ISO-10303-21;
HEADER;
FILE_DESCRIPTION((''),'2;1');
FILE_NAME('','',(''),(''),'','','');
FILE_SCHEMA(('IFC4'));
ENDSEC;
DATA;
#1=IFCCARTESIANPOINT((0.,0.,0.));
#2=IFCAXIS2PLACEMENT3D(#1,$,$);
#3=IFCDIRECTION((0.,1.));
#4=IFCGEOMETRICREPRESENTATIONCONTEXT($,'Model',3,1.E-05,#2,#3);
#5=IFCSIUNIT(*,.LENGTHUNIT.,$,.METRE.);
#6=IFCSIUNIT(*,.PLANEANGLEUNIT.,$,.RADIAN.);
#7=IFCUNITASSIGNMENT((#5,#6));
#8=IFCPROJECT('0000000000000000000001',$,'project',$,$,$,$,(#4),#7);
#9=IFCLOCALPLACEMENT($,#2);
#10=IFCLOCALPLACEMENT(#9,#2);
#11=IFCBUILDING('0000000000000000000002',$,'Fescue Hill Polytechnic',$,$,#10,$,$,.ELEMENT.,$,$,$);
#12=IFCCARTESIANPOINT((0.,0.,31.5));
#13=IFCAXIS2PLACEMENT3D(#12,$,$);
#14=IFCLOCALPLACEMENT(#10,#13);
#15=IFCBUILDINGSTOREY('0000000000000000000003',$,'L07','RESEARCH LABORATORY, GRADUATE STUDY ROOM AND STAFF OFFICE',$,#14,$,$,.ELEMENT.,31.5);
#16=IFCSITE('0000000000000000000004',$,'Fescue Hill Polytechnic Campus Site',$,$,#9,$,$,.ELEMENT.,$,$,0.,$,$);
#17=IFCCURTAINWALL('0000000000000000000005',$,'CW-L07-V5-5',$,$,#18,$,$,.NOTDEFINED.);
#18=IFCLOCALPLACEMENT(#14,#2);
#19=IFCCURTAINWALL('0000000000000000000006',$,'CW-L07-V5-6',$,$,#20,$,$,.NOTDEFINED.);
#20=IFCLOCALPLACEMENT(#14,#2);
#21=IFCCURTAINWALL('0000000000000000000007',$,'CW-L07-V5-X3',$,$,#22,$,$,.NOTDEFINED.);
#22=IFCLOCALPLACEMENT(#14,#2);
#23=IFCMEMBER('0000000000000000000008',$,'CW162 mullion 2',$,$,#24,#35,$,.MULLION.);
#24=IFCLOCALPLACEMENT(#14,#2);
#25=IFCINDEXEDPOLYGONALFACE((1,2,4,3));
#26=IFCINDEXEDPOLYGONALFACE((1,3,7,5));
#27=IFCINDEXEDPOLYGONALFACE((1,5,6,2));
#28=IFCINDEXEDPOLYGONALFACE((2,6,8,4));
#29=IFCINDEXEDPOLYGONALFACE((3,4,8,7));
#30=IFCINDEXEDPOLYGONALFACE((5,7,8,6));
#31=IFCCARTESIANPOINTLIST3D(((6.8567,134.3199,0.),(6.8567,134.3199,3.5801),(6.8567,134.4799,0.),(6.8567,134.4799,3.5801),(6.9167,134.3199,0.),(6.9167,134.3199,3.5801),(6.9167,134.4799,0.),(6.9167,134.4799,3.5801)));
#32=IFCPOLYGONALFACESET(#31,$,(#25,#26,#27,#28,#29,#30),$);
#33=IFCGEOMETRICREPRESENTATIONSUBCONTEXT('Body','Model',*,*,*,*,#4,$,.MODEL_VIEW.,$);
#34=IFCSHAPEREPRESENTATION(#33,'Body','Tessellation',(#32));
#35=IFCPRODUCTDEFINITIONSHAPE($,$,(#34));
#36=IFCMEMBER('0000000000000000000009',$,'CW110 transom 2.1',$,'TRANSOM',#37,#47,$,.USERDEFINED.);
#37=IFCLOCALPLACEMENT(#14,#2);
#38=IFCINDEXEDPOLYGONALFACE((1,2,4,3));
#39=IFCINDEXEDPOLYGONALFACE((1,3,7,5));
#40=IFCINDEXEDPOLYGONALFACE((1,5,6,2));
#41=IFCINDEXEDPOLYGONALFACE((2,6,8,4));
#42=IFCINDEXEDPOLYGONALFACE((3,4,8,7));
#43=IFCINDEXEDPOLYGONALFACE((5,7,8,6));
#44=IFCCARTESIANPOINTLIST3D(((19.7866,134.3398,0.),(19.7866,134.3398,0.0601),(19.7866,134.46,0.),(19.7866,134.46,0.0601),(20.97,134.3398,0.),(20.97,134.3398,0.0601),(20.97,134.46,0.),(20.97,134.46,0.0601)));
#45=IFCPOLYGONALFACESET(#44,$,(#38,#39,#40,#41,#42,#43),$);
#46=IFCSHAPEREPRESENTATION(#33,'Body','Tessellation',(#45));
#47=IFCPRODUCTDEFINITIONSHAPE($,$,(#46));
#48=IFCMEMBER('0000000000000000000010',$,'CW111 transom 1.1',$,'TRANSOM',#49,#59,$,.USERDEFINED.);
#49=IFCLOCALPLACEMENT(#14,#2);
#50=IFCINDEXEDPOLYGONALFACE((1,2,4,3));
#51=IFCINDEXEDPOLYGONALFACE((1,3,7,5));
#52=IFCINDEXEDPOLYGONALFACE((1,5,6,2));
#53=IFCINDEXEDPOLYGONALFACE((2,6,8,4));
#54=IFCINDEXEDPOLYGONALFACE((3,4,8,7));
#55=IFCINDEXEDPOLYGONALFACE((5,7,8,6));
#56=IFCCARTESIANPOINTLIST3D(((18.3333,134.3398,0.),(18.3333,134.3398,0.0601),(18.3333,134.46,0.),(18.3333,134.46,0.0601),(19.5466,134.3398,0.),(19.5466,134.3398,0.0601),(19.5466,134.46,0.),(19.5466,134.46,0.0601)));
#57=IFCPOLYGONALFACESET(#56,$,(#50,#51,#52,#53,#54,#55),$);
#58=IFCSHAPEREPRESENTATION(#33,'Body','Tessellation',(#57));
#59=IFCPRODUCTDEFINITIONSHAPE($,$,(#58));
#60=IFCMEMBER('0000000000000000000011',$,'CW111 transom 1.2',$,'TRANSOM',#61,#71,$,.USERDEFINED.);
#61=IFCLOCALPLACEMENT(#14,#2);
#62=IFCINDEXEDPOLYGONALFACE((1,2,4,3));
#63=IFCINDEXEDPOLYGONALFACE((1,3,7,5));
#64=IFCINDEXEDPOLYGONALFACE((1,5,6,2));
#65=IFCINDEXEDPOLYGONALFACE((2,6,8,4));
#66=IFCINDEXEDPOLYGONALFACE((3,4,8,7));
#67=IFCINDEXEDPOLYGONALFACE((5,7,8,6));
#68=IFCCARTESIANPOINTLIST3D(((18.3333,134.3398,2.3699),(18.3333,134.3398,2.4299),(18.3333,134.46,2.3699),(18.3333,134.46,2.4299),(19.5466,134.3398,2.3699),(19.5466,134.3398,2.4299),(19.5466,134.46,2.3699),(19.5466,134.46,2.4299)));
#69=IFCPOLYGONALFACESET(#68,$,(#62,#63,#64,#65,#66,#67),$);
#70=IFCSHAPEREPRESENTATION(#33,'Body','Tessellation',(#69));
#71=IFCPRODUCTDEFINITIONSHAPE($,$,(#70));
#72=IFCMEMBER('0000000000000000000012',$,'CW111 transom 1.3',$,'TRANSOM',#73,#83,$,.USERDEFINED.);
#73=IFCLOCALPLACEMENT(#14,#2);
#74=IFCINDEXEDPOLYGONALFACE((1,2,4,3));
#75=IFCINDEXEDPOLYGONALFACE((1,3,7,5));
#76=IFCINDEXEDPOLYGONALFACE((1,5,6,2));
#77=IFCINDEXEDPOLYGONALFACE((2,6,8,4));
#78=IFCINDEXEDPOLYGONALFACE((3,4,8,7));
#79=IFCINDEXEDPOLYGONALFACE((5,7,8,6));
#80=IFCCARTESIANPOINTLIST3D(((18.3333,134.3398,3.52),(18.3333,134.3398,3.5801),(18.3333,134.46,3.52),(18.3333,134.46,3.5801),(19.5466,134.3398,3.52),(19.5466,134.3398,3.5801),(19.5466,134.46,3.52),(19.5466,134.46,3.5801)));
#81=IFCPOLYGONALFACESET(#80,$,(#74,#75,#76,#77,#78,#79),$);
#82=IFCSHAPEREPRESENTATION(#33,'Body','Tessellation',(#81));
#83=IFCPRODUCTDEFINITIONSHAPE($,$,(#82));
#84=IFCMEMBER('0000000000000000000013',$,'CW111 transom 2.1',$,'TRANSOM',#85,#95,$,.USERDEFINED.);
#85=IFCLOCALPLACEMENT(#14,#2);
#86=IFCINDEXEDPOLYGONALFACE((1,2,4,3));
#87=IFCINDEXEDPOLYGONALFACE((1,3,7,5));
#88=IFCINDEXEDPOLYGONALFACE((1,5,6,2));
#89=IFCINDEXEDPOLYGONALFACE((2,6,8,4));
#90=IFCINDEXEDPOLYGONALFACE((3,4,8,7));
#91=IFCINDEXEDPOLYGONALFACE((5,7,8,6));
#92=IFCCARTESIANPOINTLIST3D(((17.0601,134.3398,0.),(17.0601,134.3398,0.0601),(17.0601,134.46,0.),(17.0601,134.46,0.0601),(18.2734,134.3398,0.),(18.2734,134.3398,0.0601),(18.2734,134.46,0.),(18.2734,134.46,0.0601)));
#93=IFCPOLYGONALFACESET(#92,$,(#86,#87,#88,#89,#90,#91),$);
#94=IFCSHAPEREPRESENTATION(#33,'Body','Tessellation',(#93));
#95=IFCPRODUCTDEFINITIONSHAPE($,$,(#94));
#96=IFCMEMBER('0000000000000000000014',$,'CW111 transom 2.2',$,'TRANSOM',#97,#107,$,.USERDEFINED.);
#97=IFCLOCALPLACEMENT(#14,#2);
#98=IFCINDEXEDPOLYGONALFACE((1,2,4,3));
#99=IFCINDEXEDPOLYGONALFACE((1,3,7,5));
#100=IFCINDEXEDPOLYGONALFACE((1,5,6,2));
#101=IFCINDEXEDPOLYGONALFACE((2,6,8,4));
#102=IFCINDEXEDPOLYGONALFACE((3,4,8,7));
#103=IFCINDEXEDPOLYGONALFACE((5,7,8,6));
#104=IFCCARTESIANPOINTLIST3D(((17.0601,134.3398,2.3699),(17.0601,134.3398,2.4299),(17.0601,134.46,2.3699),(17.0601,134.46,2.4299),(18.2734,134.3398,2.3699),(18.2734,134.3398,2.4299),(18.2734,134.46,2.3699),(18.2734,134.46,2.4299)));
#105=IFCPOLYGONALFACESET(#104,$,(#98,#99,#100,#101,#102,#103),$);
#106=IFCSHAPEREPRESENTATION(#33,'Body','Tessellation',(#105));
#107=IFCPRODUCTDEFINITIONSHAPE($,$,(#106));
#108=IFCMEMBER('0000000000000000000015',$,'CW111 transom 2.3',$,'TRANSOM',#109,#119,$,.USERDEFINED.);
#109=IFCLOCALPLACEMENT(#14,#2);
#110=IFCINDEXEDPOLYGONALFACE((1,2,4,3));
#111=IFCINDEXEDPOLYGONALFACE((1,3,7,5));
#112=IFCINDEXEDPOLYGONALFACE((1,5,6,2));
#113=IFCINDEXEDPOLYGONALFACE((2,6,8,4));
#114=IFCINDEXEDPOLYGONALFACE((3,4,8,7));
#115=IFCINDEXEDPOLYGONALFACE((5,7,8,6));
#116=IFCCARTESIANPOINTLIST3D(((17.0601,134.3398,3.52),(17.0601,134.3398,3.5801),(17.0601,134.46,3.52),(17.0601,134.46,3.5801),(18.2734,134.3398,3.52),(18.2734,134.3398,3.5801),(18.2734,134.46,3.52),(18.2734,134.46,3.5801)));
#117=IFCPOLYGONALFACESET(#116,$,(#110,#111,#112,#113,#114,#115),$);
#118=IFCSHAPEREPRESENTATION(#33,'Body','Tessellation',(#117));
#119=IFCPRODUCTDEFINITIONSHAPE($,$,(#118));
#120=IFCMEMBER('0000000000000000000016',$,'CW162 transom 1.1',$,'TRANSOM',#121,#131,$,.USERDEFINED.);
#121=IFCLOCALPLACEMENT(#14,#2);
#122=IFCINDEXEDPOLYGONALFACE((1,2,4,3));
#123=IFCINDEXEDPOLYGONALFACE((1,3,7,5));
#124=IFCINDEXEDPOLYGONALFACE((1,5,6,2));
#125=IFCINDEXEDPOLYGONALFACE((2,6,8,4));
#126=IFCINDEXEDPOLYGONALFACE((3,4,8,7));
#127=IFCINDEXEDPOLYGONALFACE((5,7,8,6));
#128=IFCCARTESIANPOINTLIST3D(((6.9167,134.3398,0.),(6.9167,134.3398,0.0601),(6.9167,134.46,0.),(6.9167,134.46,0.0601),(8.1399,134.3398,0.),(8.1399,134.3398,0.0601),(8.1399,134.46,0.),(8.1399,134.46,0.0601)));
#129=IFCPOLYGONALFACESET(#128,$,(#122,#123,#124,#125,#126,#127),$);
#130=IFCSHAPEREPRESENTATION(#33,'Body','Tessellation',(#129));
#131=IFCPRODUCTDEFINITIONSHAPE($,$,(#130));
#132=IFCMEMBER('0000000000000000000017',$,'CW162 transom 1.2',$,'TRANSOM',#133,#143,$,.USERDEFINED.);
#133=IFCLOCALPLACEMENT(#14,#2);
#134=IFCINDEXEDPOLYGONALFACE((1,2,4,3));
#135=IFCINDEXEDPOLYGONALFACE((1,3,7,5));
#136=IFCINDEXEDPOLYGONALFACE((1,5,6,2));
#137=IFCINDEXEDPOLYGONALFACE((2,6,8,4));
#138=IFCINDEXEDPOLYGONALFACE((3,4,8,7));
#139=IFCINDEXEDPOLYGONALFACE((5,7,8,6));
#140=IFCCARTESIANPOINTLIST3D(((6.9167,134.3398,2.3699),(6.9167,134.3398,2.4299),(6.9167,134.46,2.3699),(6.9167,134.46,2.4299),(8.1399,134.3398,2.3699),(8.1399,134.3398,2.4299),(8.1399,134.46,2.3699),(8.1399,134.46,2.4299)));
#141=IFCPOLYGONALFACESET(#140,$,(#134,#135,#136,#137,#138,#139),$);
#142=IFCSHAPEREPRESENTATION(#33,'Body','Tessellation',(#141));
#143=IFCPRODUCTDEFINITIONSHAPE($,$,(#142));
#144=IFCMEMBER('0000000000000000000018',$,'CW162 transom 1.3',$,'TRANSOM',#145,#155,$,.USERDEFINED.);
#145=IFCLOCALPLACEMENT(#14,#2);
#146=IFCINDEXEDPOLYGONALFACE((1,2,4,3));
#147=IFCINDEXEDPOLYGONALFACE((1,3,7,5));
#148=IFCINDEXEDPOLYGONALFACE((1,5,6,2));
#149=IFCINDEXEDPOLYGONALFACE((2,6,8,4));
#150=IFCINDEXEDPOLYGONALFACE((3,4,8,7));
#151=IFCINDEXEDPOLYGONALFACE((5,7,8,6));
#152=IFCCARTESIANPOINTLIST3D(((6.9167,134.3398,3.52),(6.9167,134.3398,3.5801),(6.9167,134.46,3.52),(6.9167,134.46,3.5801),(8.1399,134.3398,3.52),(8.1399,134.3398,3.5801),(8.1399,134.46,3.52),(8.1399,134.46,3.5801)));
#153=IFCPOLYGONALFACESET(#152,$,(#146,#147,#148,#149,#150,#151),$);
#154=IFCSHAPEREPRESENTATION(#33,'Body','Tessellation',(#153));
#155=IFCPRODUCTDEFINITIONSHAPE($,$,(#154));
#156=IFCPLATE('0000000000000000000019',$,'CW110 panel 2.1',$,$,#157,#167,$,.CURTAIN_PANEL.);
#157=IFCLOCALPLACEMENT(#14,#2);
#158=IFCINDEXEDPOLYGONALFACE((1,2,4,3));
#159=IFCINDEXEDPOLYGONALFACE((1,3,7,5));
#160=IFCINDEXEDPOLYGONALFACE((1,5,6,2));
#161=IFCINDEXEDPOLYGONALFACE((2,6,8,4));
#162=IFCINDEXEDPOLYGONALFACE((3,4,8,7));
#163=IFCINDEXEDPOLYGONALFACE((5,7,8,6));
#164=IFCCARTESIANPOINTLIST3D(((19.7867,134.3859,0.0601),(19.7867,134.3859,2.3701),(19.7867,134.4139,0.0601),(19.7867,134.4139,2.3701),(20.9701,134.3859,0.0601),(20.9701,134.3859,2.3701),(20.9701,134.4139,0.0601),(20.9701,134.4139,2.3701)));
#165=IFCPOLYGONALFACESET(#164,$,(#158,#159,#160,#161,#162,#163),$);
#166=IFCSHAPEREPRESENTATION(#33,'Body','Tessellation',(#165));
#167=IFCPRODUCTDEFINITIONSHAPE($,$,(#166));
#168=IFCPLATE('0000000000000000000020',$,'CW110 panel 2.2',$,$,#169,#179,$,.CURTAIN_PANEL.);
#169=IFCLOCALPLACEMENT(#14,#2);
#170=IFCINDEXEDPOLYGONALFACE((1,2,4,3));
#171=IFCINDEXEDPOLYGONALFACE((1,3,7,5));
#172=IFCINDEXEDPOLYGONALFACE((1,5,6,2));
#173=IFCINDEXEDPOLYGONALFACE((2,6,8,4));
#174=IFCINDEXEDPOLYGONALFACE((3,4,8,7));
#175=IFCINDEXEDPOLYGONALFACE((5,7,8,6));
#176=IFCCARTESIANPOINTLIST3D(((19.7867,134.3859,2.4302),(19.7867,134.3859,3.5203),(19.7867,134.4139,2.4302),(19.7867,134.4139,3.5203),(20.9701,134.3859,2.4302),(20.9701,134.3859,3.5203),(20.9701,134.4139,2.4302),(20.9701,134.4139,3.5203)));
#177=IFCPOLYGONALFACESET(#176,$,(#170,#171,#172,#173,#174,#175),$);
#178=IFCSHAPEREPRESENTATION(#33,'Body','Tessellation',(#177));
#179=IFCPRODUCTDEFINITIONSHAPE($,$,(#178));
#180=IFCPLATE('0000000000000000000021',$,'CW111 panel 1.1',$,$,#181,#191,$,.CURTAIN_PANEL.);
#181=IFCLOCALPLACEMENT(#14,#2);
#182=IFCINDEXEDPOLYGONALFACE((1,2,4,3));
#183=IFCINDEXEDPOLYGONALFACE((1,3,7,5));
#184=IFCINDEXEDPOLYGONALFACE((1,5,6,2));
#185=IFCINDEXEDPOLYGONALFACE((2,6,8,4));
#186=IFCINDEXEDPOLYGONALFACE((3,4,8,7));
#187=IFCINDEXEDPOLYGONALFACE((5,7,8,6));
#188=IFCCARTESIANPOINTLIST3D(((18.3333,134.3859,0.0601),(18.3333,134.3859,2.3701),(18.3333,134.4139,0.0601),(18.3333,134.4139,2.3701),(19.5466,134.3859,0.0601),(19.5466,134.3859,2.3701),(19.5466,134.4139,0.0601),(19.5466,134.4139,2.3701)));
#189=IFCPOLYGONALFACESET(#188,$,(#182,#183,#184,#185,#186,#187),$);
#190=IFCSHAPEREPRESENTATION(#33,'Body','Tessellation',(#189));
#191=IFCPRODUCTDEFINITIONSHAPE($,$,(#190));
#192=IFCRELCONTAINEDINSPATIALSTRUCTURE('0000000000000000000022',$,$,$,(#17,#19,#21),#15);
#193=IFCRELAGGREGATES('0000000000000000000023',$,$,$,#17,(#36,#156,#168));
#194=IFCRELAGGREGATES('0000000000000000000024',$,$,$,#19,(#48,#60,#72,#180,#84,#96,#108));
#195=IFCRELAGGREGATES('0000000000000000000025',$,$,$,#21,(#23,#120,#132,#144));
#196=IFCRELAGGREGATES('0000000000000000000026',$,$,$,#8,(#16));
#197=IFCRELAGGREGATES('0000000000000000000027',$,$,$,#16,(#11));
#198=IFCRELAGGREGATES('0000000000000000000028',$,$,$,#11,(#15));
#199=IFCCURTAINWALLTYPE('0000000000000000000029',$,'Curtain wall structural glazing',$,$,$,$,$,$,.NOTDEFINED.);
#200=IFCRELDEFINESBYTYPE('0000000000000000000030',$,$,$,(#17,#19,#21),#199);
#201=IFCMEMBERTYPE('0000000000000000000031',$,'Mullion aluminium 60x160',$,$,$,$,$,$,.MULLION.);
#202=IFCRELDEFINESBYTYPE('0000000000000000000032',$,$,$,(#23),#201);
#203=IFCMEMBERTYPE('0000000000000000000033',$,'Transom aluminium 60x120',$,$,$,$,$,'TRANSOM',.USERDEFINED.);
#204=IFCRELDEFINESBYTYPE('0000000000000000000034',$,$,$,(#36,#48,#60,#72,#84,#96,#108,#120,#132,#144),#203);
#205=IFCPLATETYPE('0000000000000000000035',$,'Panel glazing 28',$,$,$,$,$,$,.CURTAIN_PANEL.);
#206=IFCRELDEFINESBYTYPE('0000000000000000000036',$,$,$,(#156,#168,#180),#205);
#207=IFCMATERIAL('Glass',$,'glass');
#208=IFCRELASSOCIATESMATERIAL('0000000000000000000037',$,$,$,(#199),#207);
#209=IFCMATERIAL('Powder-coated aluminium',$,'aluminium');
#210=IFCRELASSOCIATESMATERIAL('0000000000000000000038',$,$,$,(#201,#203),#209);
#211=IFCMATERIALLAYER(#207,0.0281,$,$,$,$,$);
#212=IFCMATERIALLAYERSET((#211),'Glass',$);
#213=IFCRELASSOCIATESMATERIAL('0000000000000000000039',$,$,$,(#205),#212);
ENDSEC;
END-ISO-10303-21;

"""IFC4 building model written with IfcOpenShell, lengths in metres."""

from ifc_helpers import new_model, si_unit, direction, frame, origin, origin_2d, place, context, subcontext, project, spatial, rectangle, extrude, material, layer, layer_set, material_profile, profile_set, type_object, element, aggregate, save


model = new_model("IFC4")

# Units and contexts
model_context = context("Model", 3, precision=1e-05, world=origin(), true_north=direction((0.0, 1.0)))
body_context = subcontext(model_context, "Body", "Model", "MODEL_VIEW")
ifc_project = project(units=[si_unit("LENGTHUNIT", "METRE"), si_unit("PLANEANGLEUNIT", "RADIAN")], contexts=[model_context])

# Site, building, storey
site_placement = place(None, origin())
site = spatial("IfcSite", under=ifc_project, at=site_placement, Name="Fescue Hill Polytechnic Campus Site", CompositionType="ELEMENT", RefElevation=0.0)
building_placement = place(site_placement, origin())
building = spatial("IfcBuilding", under=site, at=building_placement, Name="Fescue Hill Polytechnic", CompositionType="ELEMENT")
storey_placement = place(building_placement, frame((0.0, 0.0, 31.5)))
storey = spatial("IfcBuildingStorey", under=building, at=storey_placement, Name="L07", Description="RESEARCH LABORATORY, GRADUATE STUDY ROOM AND STAFF OFFICE", CompositionType="ELEMENT", Elevation=31.5)

# Curtain wall
ifc_material_1 = material(Name="Glass", Category="glass")
curtain_wall_type = type_object("IfcCurtainWallType", Name="Curtain wall structural glazing", PredefinedType="NOTDEFINED", material=ifc_material_1)
curtain_wall_1_placement = place(storey_placement, origin())
curtain_wall_1 = element("IfcCurtainWall", 1, at=curtain_wall_1_placement, inside=storey, type_object=curtain_wall_type, Name="CW-L07-V5-5", PredefinedType="NOTDEFINED")
ifc_material_2 = material(Name="Powder-coated aluminium", Category="aluminium")
ifc_material_profile_1 = material_profile(ifc_material_2, rectangle(XDim=0.1599, YDim=0.0601, at=origin_2d()), Name="Mullion aluminium 60x160")
ifc_profile_set_1 = profile_set([ifc_material_profile_1], Name="Powder-coated aluminium")
member_type_1 = type_object("IfcMemberType", Name="Mullion aluminium 60x160", PredefinedType="MULLION", material=ifc_profile_set_1)

# Curtain walls, member
curtain_wall_2_placement = place(storey_placement, origin())
curtain_wall_2 = element("IfcCurtainWall", 2, at=curtain_wall_2_placement, inside=storey, type_object=curtain_wall_type, Name="CW-L07-V5-6", PredefinedType="NOTDEFINED")
curtain_wall_3_placement = place(storey_placement, origin())
curtain_wall_3 = element("IfcCurtainWall", 3, at=curtain_wall_3_placement, inside=storey, type_object=curtain_wall_type, Name="CW-L07-V5-X3", PredefinedType="NOTDEFINED")
member_1_placement = place(storey_placement, frame((6.8867, 134.3999, 0.0), z_axis=(0.0, 0.0, 1.0), x_axis=(0.0, -1.0, 0.0)))
member_1 = element("IfcMember", 4, at=member_1_placement, type_object=member_type_1, Name="CW162 mullion 2", PredefinedType="MULLION", context=body_context, shape_type="SweptSolid", body=[
    extrude(rectangle(XDim=0.1599, YDim=0.0601, at=origin_2d()), origin(), (0.0, 0.0, 1.0), 3.5801),
])

# Members
ifc_material_profile_2 = material_profile(ifc_material_2, rectangle(XDim=0.1201, YDim=0.0601, at=origin_2d()), Name="Transom aluminium 60x120")
ifc_profile_set_2 = profile_set([ifc_material_profile_2], Name="Powder-coated aluminium")
member_type_2 = type_object("IfcMemberType", Name="Transom aluminium 60x120", ElementType="TRANSOM", PredefinedType="USERDEFINED", material=ifc_profile_set_2)
member_2_placement = place(storey_placement, frame((20.97, 134.3999, 0.03), z_axis=(-1.0, 0.0, 0.0), x_axis=(0.0, -1.0, 0.0)))
member_2 = element("IfcMember", 5, at=member_2_placement, type_object=member_type_2, Name="CW110 transom 2.1", ObjectType="TRANSOM", PredefinedType="USERDEFINED", context=body_context, shape_type="SweptSolid", body=[
    extrude(rectangle(XDim=0.1201, YDim=0.0601, at=origin_2d()), origin(), (0.0, 0.0, 1.0), 1.1833),
])
member_3_placement = place(storey_placement, frame((19.5466, 134.3999, 0.03), z_axis=(-1.0, 0.0, 0.0), x_axis=(0.0, -1.0, 0.0)))
member_3 = element("IfcMember", 6, at=member_3_placement, type_object=member_type_2, Name="CW111 transom 1.1", ObjectType="TRANSOM", PredefinedType="USERDEFINED", context=body_context, shape_type="SweptSolid", body=[
    extrude(rectangle(XDim=0.1201, YDim=0.0601, at=origin_2d()), origin(), (0.0, 0.0, 1.0), 1.2134),
])
member_4_placement = place(storey_placement, frame((19.5466, 134.3999, 2.3999), z_axis=(-1.0, 0.0, 0.0), x_axis=(0.0, -1.0, 0.0)))
member_4 = element("IfcMember", 7, at=member_4_placement, type_object=member_type_2, Name="CW111 transom 1.2", ObjectType="TRANSOM", PredefinedType="USERDEFINED", context=body_context, shape_type="SweptSolid", body=[
    extrude(rectangle(XDim=0.1201, YDim=0.0601, at=origin_2d()), origin(), (0.0, 0.0, 1.0), 1.2134),
])
member_5_placement = place(storey_placement, frame((19.5466, 134.3999, 3.55), z_axis=(-1.0, 0.0, 0.0), x_axis=(0.0, -1.0, 0.0)))
member_5 = element("IfcMember", 8, at=member_5_placement, type_object=member_type_2, Name="CW111 transom 1.3", ObjectType="TRANSOM", PredefinedType="USERDEFINED", context=body_context, shape_type="SweptSolid", body=[
    extrude(rectangle(XDim=0.1201, YDim=0.0601, at=origin_2d()), origin(), (0.0, 0.0, 1.0), 1.2134),
])
member_6_placement = place(storey_placement, frame((18.2734, 134.3999, 0.03), z_axis=(-1.0, 0.0, 0.0), x_axis=(0.0, -1.0, 0.0)))
member_6 = element("IfcMember", 9, at=member_6_placement, type_object=member_type_2, Name="CW111 transom 2.1", ObjectType="TRANSOM", PredefinedType="USERDEFINED", context=body_context, shape_type="SweptSolid", body=[
    extrude(rectangle(XDim=0.1201, YDim=0.0601, at=origin_2d()), origin(), (0.0, 0.0, 1.0), 1.2134),
])
member_7_placement = place(storey_placement, frame((18.2734, 134.3999, 2.3999), z_axis=(-1.0, 0.0, 0.0), x_axis=(0.0, -1.0, 0.0)))
member_7 = element("IfcMember", 10, at=member_7_placement, type_object=member_type_2, Name="CW111 transom 2.2", ObjectType="TRANSOM", PredefinedType="USERDEFINED", context=body_context, shape_type="SweptSolid", body=[
    extrude(rectangle(XDim=0.1201, YDim=0.0601, at=origin_2d()), origin(), (0.0, 0.0, 1.0), 1.2134),
])
member_8_placement = place(storey_placement, frame((18.2734, 134.3999, 3.55), z_axis=(-1.0, 0.0, 0.0), x_axis=(0.0, -1.0, 0.0)))
member_8 = element("IfcMember", 11, at=member_8_placement, type_object=member_type_2, Name="CW111 transom 2.3", ObjectType="TRANSOM", PredefinedType="USERDEFINED", context=body_context, shape_type="SweptSolid", body=[
    extrude(rectangle(XDim=0.1201, YDim=0.0601, at=origin_2d()), origin(), (0.0, 0.0, 1.0), 1.2134),
])
member_9_placement = place(storey_placement, frame((8.1399, 134.3999, 0.03), z_axis=(-1.0, 0.0, 0.0), x_axis=(0.0, -1.0, 0.0)))
member_9 = element("IfcMember", 12, at=member_9_placement, type_object=member_type_2, Name="CW162 transom 1.1", ObjectType="TRANSOM", PredefinedType="USERDEFINED", context=body_context, shape_type="SweptSolid", body=[
    extrude(rectangle(XDim=0.1201, YDim=0.0601, at=origin_2d()), origin(), (0.0, 0.0, 1.0), 1.2231),
])
member_10_placement = place(storey_placement, frame((8.1399, 134.3999, 2.3999), z_axis=(-1.0, 0.0, 0.0), x_axis=(0.0, -1.0, 0.0)))
member_10 = element("IfcMember", 13, at=member_10_placement, type_object=member_type_2, Name="CW162 transom 1.2", ObjectType="TRANSOM", PredefinedType="USERDEFINED", context=body_context, shape_type="SweptSolid", body=[
    extrude(rectangle(XDim=0.1201, YDim=0.0601, at=origin_2d()), origin(), (0.0, 0.0, 1.0), 1.2231),
])
member_11_placement = place(storey_placement, frame((8.1399, 134.3999, 3.55), z_axis=(-1.0, 0.0, 0.0), x_axis=(0.0, -1.0, 0.0)))
member_11 = element("IfcMember", 14, at=member_11_placement, type_object=member_type_2, Name="CW162 transom 1.3", ObjectType="TRANSOM", PredefinedType="USERDEFINED", context=body_context, shape_type="SweptSolid", body=[
    extrude(rectangle(XDim=0.1201, YDim=0.0601, at=origin_2d()), origin(), (0.0, 0.0, 1.0), 1.2231),
])

# Plates
ifc_layer_1 = layer(ifc_material_1, 0.0281)
ifc_layer_set_1 = layer_set([ifc_layer_1], Name="Glass")
plate_type = type_object("IfcPlateType", Name="Panel glazing 28", PredefinedType="CURTAIN_PANEL", material=ifc_layer_set_1)
plate_1_placement = place(storey_placement, frame((20.3784, 134.3999, 0.0601), z_axis=(0.0, 0.0, 1.0), x_axis=(-1.0, 0.0, 0.0)))
plate_1 = element("IfcPlate", 15, at=plate_1_placement, type_object=plate_type, Name="CW110 panel 2.1", PredefinedType="CURTAIN_PANEL", context=body_context, shape_type="SweptSolid", body=[
    extrude(rectangle(XDim=1.1833, YDim=0.0281, at=origin_2d()), origin(), (0.0, 0.0, 1.0), 2.3101),
])
plate_2_placement = place(storey_placement, frame((20.3784, 134.3999, 2.4302), z_axis=(0.0, 0.0, 1.0), x_axis=(-1.0, 0.0, 0.0)))
plate_2 = element("IfcPlate", 16, at=plate_2_placement, type_object=plate_type, Name="CW110 panel 2.2", PredefinedType="CURTAIN_PANEL", context=body_context, shape_type="SweptSolid", body=[
    extrude(rectangle(XDim=1.1833, YDim=0.0281, at=origin_2d()), origin(), (0.0, 0.0, 1.0), 1.0901),
])
aggregate(curtain_wall_1, [member_2, plate_1, plate_2])
plate_3_placement = place(storey_placement, frame((18.9399, 134.3999, 0.0601), z_axis=(0.0, 0.0, 1.0), x_axis=(-1.0, 0.0, 0.0)))
plate_3 = element("IfcPlate", 17, at=plate_3_placement, type_object=plate_type, Name="CW111 panel 1.1", PredefinedType="CURTAIN_PANEL", context=body_context, shape_type="SweptSolid", body=[
    extrude(rectangle(XDim=1.2134, YDim=0.0281, at=origin_2d()), origin(), (0.0, 0.0, 1.0), 2.3101),
])
aggregate(curtain_wall_2, [member_3, member_4, member_5, plate_3, member_6, member_7, member_8])
aggregate(curtain_wall_3, [member_1, member_9, member_10, member_11])

save(model, "model.ifc")
